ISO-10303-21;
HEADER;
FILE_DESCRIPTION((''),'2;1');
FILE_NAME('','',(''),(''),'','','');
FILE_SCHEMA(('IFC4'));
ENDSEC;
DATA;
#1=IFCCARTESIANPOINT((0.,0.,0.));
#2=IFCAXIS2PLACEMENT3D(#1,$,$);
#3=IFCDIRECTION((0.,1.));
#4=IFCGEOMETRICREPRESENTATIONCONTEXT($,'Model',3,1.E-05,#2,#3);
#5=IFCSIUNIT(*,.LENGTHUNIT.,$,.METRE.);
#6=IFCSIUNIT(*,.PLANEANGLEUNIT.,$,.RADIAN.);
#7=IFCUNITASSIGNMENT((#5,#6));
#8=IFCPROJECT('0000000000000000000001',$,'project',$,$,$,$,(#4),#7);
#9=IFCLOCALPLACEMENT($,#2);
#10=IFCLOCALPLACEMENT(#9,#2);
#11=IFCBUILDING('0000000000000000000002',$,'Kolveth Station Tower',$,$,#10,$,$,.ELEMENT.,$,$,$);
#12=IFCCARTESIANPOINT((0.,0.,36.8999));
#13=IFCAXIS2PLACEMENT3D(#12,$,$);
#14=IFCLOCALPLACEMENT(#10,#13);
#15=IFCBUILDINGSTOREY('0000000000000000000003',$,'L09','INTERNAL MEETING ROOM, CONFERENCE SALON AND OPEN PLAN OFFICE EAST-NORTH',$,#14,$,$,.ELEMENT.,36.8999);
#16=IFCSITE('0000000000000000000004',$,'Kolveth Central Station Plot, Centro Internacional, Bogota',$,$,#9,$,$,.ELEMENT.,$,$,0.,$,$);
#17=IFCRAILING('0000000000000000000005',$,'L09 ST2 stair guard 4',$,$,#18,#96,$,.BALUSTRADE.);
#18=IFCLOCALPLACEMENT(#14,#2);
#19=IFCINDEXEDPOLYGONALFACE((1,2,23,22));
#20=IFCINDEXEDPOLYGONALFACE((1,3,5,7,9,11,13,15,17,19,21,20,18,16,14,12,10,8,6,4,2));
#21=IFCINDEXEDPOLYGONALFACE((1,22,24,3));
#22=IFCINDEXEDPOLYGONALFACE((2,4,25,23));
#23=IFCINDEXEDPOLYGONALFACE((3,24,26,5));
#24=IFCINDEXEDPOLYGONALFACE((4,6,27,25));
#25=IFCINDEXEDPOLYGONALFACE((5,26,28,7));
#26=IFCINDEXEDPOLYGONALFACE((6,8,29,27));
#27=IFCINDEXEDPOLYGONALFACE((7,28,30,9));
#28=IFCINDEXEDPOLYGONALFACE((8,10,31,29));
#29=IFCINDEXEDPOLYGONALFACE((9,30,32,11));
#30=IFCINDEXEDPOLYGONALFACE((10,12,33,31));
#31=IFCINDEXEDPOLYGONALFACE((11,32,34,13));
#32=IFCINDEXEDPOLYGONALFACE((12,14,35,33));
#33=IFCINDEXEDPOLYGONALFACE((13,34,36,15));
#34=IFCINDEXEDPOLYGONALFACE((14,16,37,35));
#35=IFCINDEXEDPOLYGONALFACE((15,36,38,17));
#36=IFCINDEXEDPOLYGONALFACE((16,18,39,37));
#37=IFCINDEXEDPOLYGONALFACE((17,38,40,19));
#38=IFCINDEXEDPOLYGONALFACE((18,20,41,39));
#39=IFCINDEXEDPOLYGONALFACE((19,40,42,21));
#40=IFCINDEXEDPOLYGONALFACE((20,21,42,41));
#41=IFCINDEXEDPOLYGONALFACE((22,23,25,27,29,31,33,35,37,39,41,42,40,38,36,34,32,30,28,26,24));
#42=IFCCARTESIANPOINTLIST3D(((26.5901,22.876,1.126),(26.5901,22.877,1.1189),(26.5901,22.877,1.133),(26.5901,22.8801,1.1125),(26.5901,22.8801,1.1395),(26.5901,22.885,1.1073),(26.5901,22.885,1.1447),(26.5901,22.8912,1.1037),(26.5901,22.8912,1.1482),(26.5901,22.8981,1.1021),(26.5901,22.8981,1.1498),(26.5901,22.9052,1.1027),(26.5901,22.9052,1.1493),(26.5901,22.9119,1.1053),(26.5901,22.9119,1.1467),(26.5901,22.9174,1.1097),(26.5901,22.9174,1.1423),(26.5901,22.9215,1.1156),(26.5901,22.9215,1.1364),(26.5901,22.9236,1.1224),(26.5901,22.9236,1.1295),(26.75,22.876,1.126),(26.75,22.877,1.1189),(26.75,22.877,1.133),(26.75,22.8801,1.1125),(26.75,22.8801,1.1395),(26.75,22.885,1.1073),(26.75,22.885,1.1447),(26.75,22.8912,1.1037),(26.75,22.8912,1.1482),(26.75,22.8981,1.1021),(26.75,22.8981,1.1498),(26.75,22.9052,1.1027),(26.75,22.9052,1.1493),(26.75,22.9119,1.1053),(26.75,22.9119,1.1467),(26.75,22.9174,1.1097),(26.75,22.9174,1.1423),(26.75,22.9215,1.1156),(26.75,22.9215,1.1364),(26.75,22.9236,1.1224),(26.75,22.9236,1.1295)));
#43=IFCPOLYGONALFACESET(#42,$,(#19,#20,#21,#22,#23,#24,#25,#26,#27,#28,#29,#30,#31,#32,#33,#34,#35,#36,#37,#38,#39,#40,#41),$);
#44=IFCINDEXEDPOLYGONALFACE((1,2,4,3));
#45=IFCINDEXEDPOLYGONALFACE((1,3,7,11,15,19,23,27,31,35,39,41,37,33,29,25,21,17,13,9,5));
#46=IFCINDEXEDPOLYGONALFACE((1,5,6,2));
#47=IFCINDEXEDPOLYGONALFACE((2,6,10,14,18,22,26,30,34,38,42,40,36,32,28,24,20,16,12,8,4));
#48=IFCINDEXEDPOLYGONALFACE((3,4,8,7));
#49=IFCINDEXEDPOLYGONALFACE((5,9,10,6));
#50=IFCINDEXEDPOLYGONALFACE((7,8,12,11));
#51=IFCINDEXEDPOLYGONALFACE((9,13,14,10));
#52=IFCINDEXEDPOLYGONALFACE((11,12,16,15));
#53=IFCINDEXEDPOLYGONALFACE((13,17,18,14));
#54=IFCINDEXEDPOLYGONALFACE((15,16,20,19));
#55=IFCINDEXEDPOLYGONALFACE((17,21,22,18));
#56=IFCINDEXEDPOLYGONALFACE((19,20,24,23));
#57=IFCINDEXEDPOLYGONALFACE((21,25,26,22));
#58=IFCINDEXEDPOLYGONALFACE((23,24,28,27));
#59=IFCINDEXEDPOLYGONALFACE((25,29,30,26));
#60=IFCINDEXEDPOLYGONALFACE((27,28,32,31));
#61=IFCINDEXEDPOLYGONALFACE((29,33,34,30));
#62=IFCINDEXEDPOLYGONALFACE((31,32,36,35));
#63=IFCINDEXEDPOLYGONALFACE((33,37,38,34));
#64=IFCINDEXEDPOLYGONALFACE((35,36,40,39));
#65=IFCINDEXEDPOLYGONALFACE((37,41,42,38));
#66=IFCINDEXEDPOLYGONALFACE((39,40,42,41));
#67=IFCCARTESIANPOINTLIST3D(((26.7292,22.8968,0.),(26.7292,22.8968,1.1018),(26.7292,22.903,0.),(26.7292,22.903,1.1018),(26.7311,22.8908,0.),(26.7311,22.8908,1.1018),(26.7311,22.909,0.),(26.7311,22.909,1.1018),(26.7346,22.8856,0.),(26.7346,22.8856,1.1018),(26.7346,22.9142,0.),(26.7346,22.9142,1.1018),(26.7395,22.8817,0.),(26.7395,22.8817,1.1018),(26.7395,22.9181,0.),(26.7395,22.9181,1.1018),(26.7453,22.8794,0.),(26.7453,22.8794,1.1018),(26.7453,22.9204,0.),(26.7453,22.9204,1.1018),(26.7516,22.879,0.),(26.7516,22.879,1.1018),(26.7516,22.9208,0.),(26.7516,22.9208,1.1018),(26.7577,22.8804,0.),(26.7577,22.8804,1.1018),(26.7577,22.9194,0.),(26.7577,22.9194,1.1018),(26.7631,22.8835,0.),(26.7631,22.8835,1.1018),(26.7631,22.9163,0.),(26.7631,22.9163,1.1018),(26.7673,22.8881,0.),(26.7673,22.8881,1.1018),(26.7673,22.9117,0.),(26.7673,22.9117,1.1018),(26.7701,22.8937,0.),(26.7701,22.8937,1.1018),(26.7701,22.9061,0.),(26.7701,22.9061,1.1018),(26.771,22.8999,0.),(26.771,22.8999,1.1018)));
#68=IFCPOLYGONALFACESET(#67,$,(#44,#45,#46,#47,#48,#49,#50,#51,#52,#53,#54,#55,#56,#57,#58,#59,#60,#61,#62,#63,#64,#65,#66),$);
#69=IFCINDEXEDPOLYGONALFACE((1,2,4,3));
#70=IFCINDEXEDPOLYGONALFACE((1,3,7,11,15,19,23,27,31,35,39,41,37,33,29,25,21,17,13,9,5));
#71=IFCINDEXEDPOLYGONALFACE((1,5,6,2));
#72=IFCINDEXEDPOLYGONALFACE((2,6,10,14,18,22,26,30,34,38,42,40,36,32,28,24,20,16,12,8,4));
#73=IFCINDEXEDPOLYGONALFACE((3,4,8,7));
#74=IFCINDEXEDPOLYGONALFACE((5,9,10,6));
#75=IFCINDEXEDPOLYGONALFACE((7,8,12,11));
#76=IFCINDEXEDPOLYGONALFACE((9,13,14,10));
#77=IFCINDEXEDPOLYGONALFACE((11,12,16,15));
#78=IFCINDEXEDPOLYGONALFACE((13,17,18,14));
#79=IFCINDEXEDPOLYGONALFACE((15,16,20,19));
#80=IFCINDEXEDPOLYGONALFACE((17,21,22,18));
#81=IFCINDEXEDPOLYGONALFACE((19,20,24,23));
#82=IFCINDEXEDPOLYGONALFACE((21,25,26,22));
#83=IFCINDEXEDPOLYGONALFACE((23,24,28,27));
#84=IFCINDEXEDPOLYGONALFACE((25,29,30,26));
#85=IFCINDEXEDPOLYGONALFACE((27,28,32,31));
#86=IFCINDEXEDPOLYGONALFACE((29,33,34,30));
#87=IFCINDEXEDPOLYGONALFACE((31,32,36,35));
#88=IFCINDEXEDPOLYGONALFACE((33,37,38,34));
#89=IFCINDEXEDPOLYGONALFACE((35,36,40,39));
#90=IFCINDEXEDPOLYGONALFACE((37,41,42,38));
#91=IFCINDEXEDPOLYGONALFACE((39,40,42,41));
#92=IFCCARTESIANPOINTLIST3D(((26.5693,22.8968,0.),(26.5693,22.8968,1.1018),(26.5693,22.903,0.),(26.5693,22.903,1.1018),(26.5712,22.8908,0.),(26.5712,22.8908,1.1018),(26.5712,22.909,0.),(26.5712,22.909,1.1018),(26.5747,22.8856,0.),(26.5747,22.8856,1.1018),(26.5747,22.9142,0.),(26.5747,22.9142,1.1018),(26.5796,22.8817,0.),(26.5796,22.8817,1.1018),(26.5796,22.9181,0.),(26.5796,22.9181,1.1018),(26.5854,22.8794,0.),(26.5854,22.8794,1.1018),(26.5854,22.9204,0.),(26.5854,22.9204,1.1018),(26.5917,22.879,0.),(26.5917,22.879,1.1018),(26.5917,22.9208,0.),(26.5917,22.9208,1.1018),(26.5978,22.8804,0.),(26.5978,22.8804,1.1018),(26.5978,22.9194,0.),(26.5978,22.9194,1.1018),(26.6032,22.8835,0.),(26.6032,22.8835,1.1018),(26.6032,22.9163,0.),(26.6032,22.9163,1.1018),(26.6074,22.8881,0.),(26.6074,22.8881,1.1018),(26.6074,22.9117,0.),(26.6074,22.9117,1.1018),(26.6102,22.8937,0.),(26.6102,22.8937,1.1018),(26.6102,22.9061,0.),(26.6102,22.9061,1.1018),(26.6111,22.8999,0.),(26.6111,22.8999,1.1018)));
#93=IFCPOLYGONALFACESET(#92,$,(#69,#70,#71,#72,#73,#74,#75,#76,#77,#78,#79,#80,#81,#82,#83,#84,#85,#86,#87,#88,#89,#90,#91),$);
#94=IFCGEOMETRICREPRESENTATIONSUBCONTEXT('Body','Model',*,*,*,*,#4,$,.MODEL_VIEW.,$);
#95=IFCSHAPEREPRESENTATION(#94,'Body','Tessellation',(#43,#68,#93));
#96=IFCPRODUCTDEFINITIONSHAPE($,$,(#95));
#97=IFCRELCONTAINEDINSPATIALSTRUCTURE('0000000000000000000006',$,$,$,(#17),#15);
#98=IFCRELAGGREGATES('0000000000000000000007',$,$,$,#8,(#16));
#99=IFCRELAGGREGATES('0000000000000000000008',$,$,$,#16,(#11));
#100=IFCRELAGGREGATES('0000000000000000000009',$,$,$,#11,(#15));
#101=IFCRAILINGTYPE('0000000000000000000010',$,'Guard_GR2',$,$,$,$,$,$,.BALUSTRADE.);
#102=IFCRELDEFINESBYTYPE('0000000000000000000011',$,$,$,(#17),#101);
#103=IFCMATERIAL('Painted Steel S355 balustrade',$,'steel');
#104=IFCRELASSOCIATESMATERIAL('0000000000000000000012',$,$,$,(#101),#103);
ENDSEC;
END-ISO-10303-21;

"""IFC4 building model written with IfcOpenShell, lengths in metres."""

from ifc_helpers import new_model, si_unit, direction, frame, origin, origin_2d, place, context, subcontext, project, spatial, circle, extrude, material, type_object, element, save


model = new_model("IFC4")

# Units and contexts
model_context = context("Model", 3, precision=1e-05, world=origin(), true_north=direction((0.0, 1.0)))
body_context = subcontext(model_context, "Body", "Model", "MODEL_VIEW")
ifc_project = project(units=[si_unit("LENGTHUNIT", "METRE"), si_unit("PLANEANGLEUNIT", "RADIAN")], contexts=[model_context])

# Site, building, storey
site_placement = place(None, origin())
site = spatial("IfcSite", under=ifc_project, at=site_placement, Name="Kolveth Central Station Plot, Centro Internacional, Bogota", CompositionType="ELEMENT", RefElevation=0.0)
building_placement = place(site_placement, origin())
building = spatial("IfcBuilding", under=site, at=building_placement, Name="Kolveth Station Tower", CompositionType="ELEMENT")
storey_placement = place(building_placement, frame((0.0, 0.0, 36.8999)))
storey = spatial("IfcBuildingStorey", under=building, at=storey_placement, Name="L09", Description="INTERNAL MEETING ROOM, CONFERENCE SALON AND OPEN PLAN OFFICE EAST-NORTH", CompositionType="ELEMENT", Elevation=36.8999)

# Railing
ifc_material_1 = material(Name="Painted Steel S355 balustrade", Category="steel")
railing_type_1 = type_object("IfcRailingType", Name="Guard_GR2", PredefinedType="BALUSTRADE", material=ifc_material_1)
railing_1_placement = place(storey_placement, frame((26.75, 22.8999, 0.0)))
element("IfcRailing", 1, at=railing_1_placement, inside=storey, type_object=railing_type_1, Name="L09 ST2 stair guard 4", PredefinedType="BALUSTRADE", context=body_context, shape_type="SweptSolid", body=[
    extrude(circle(Radius=0.0239, at=origin_2d()), frame((0.0, 0.0, 1.126), z_axis=(-1.0, 0.0, 0.0), x_axis=(0.0, -1.0, 0.0)), (0.0, 0.0, 1.0), 0.1599),
    extrude(circle(Radius=0.021, at=origin_2d()), origin(), (0.0, 0.0, 1.0), 1.1018),
    extrude(circle(Radius=0.021, at=origin_2d()), frame((-0.1599, 0.0, 0.0)), (0.0, 0.0, 1.0), 1.1018),
])

save(model, "model.ifc")
